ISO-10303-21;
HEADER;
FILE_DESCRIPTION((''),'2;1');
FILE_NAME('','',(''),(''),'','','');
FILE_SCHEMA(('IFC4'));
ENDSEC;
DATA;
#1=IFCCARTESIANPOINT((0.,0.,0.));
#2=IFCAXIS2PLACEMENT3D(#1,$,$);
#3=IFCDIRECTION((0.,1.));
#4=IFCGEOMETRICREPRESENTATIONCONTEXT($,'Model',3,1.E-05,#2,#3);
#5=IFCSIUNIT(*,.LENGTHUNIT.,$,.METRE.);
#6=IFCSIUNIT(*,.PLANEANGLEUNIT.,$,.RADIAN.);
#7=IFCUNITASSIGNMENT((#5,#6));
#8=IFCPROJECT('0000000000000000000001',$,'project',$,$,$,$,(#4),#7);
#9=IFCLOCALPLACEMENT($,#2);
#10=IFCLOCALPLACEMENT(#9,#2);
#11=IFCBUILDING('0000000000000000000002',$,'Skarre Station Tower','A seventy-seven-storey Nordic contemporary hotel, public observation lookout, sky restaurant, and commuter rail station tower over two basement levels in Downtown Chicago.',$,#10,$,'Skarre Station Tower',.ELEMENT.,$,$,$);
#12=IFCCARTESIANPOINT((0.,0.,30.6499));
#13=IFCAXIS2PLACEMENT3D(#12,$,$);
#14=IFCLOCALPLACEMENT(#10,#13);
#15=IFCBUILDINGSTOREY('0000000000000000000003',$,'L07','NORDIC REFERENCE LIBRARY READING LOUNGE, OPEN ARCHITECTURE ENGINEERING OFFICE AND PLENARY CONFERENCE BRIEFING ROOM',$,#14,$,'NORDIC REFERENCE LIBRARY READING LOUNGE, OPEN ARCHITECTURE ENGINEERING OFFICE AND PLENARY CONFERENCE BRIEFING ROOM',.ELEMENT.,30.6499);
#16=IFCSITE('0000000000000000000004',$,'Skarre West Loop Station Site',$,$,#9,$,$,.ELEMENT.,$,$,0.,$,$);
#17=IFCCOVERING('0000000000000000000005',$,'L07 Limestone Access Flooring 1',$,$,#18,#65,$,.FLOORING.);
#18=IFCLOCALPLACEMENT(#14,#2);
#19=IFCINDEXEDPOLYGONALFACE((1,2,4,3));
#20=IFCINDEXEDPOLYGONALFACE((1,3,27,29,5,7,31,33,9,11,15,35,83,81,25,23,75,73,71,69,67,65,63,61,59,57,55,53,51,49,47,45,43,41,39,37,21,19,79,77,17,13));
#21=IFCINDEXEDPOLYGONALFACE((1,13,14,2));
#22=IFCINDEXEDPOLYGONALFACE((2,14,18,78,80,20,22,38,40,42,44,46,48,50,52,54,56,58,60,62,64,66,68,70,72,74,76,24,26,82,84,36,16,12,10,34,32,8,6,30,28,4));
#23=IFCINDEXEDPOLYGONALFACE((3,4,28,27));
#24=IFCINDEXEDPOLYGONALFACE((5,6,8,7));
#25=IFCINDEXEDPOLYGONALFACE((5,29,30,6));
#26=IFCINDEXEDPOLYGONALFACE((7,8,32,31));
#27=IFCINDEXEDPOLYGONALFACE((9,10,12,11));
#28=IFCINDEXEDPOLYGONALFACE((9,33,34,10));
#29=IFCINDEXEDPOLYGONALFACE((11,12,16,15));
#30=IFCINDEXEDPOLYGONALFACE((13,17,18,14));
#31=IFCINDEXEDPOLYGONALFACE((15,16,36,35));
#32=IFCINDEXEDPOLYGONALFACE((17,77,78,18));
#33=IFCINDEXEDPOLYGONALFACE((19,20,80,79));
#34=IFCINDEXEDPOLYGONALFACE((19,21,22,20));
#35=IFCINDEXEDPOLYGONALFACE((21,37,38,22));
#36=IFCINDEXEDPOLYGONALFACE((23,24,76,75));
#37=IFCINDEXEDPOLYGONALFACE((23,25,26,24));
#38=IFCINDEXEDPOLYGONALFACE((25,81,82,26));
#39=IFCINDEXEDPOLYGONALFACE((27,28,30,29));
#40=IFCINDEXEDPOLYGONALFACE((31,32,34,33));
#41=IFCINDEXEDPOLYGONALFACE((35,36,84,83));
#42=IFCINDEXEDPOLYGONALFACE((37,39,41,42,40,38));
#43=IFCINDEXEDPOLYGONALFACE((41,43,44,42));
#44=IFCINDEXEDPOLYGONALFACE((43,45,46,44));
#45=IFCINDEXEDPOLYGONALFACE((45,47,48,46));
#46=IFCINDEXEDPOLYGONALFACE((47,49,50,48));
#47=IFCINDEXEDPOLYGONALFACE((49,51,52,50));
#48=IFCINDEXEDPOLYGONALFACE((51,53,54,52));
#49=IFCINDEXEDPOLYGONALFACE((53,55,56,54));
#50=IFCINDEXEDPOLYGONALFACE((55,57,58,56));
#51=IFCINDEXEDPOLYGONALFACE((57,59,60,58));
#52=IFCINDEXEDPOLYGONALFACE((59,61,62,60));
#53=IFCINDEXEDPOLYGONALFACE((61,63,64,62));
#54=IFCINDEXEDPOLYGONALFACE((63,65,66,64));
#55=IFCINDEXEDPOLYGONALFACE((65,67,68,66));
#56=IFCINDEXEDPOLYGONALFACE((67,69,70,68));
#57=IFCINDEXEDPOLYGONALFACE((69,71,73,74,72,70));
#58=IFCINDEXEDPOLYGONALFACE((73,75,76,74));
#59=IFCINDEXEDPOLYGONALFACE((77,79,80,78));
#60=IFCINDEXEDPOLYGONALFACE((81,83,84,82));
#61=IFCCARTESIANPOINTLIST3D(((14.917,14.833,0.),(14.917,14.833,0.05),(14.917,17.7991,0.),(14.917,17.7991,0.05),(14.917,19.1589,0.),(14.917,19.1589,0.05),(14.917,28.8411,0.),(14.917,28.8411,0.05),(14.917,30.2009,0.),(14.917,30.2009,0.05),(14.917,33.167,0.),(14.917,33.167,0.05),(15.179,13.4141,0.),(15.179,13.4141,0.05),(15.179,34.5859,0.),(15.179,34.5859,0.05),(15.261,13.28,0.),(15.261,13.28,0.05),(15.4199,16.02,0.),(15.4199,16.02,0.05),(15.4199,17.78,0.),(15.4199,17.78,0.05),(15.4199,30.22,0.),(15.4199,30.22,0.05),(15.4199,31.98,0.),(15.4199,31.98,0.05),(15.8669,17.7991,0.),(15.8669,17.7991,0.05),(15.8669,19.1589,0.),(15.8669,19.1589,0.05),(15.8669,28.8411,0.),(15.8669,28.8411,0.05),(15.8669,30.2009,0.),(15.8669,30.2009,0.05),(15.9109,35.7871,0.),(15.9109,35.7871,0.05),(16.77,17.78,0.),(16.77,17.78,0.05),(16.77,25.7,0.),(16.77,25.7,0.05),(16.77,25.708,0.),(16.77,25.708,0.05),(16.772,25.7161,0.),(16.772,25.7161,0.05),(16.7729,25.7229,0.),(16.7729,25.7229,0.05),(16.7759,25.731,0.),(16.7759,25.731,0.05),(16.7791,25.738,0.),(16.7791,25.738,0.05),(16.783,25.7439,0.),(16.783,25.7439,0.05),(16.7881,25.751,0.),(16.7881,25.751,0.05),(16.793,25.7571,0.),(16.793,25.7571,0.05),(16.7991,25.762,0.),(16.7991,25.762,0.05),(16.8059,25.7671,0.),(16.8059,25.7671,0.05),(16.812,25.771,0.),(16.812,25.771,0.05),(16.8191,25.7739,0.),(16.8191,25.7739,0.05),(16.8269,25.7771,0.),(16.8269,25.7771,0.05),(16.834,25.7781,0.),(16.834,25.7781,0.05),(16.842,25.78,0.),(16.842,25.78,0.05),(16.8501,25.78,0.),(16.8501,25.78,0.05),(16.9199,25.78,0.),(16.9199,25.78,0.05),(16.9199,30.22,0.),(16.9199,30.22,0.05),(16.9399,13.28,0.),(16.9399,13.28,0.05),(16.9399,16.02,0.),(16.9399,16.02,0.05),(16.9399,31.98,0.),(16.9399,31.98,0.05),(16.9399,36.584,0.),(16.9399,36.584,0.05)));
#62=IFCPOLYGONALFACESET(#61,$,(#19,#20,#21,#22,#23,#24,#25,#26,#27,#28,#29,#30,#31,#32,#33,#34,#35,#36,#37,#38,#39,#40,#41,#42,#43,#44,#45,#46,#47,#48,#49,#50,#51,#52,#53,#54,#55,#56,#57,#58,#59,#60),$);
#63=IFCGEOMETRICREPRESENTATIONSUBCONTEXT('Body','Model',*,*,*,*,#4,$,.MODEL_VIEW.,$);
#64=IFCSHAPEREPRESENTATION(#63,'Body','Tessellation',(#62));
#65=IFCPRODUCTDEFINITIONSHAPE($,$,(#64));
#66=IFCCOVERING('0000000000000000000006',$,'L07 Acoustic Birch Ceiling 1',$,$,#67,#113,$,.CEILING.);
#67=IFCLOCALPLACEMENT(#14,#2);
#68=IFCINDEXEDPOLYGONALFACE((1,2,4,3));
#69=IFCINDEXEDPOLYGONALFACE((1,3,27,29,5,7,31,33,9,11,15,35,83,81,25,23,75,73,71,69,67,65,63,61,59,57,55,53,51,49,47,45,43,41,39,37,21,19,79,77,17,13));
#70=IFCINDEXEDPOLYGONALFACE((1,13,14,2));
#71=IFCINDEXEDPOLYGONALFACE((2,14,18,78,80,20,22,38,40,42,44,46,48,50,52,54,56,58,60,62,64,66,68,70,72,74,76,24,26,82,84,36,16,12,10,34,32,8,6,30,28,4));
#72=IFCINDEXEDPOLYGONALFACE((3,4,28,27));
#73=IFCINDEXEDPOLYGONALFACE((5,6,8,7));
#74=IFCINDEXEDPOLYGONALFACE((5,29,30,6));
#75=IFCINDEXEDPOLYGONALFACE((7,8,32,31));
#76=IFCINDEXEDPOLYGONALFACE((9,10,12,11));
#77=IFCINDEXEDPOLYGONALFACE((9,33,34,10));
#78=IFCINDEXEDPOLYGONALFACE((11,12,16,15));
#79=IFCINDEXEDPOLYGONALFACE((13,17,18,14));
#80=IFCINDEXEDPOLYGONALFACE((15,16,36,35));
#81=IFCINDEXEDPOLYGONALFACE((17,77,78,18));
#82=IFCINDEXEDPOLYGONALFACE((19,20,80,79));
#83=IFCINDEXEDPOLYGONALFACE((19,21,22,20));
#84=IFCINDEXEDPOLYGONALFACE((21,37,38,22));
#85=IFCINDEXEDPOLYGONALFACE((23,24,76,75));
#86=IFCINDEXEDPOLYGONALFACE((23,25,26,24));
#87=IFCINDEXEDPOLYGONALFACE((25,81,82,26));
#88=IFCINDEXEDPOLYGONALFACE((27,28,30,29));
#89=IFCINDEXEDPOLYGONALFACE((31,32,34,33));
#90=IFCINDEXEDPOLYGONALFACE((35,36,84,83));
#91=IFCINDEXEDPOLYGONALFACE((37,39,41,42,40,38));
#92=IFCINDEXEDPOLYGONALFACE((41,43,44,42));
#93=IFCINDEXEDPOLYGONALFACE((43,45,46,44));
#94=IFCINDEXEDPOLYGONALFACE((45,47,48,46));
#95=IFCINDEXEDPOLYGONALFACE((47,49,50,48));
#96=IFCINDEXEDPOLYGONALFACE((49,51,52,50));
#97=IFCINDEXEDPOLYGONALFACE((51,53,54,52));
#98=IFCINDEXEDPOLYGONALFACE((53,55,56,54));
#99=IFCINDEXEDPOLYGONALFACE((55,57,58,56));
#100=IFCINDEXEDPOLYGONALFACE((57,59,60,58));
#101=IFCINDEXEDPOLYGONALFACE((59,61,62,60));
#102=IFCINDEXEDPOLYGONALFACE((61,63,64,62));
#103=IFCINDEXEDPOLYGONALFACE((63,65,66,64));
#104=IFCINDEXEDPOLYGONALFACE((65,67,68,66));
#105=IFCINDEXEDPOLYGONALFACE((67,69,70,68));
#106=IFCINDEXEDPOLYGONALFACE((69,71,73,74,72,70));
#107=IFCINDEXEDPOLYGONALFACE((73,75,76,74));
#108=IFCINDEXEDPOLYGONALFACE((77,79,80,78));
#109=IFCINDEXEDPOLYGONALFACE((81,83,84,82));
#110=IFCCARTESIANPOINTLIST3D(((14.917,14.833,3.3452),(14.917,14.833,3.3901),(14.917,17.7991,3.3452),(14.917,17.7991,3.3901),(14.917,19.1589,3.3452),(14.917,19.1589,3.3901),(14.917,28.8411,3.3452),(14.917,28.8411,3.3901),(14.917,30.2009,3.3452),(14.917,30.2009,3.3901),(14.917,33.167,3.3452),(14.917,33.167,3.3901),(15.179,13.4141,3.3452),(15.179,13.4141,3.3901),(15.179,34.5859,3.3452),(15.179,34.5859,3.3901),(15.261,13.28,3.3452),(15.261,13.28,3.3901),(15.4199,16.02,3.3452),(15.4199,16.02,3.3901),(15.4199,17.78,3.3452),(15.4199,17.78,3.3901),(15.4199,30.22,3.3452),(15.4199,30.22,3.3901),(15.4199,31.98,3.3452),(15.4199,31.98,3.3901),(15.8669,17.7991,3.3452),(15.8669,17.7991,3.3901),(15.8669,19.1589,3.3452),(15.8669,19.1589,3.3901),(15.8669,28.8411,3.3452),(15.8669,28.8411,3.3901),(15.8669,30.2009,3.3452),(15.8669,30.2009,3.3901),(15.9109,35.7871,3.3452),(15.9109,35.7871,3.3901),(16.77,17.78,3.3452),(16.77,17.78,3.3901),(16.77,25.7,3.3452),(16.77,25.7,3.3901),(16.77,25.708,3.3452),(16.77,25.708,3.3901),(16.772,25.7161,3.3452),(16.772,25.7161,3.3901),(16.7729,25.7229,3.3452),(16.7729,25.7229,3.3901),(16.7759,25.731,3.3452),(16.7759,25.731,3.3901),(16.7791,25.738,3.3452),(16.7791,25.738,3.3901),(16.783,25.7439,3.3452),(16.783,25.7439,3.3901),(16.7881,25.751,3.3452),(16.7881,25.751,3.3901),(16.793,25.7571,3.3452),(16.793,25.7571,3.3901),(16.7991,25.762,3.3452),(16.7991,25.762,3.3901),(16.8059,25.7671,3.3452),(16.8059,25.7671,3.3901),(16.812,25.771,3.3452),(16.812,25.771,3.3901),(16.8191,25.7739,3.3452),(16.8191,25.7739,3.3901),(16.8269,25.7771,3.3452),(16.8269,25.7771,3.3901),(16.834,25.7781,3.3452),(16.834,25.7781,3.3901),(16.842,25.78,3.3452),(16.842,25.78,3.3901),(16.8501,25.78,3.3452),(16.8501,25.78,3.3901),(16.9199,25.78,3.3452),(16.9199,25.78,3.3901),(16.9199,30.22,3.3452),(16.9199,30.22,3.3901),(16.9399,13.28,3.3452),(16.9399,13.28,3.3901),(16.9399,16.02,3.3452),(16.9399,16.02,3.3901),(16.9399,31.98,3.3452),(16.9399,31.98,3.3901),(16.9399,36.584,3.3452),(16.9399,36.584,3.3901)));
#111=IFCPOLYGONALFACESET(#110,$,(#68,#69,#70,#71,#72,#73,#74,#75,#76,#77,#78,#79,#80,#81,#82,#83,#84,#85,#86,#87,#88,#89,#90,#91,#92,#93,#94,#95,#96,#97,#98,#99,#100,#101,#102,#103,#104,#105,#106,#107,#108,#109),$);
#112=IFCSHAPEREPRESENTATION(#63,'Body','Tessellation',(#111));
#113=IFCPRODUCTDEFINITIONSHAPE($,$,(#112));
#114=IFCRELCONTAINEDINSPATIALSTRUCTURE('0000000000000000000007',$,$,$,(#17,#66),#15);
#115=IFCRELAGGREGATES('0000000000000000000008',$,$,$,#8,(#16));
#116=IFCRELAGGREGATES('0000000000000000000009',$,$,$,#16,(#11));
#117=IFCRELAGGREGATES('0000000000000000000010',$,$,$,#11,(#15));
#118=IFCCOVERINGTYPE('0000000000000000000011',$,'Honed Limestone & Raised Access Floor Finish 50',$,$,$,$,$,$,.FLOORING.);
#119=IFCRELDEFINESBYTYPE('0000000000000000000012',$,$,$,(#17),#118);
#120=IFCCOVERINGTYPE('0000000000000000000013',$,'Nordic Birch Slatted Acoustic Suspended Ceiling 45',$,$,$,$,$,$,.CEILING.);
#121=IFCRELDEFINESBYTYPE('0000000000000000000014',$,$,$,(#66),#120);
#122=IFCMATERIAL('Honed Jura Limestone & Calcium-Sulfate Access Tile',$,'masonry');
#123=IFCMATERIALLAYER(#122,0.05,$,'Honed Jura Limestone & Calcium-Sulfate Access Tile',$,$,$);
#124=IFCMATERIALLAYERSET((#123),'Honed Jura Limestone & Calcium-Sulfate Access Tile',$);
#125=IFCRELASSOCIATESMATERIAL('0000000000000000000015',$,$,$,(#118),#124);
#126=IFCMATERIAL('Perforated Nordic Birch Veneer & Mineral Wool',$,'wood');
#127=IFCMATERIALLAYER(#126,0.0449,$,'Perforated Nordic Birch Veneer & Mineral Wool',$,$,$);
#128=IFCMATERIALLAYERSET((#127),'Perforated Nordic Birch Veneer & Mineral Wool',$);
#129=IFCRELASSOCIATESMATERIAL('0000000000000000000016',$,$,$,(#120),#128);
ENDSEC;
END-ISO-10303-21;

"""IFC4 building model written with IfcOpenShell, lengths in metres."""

from ifc_helpers import new_model, si_unit, direction, frame, origin, place, context, subcontext, project, spatial, polyline, outline, extrude, material, layer, layer_set, type_object, element, save


model = new_model("IFC4")

# Units and contexts
model_context = context("Model", 3, precision=1e-05, world=origin(), true_north=direction((0.0, 1.0)))
body_context = subcontext(model_context, "Body", "Model", "MODEL_VIEW")
ifc_project = project(units=[si_unit("LENGTHUNIT", "METRE"), si_unit("PLANEANGLEUNIT", "RADIAN")], contexts=[model_context])

# Site, building, storey
site_placement = place(None, origin())
site = spatial("IfcSite", under=ifc_project, at=site_placement, Name="Skarre West Loop Station Site", CompositionType="ELEMENT", RefElevation=0.0)
building_placement = place(site_placement, origin())
building = spatial("IfcBuilding", under=site, at=building_placement, Name="Skarre Station Tower", Description="A seventy-seven-storey Nordic contemporary hotel, public observation lookout, sky restaurant, and commuter rail station tower over two basement levels in Downtown Chicago.", LongName="Skarre Station Tower", CompositionType="ELEMENT")
storey_placement = place(building_placement, frame((0.0, 0.0, 30.6499)))
storey = spatial("IfcBuildingStorey", under=building, at=storey_placement, Name="L07", Description="NORDIC REFERENCE LIBRARY READING LOUNGE, OPEN ARCHITECTURE ENGINEERING OFFICE AND PLENARY CONFERENCE BRIEFING ROOM", LongName="NORDIC REFERENCE LIBRARY READING LOUNGE, OPEN ARCHITECTURE ENGINEERING OFFICE AND PLENARY CONFERENCE BRIEFING ROOM", CompositionType="ELEMENT", Elevation=30.6499)

# Coverings
ifc_material_1 = material(Name="Honed Jura Limestone & Calcium-Sulfate Access Tile", Category="masonry")
ifc_layer_1 = layer(ifc_material_1, 0.05, Name="Honed Jura Limestone & Calcium-Sulfate Access Tile")
ifc_layer_set_1 = layer_set([ifc_layer_1], Name="Honed Jura Limestone & Calcium-Sulfate Access Tile")
covering_type_1 = type_object("IfcCoveringType", Name="Honed Limestone & Raised Access Floor Finish 50", PredefinedType="FLOORING", material=ifc_layer_set_1)
covering_1_placement = place(storey_placement, origin())
element("IfcCovering", 1, at=covering_1_placement, inside=storey, type_object=covering_type_1, Name="L07 Limestone Access Flooring 1", PredefinedType="FLOORING", context=body_context, shape_type="SweptSolid", body=[
    extrude(outline(polyline([(16.9399, 36.584), (15.9109, 35.7871), (15.179, 34.5859), (14.917, 33.167), (14.917, 30.2009), (15.8669, 30.2009), (15.8669, 28.8411), (14.917, 28.8411), (14.917, 19.1589), (15.8669, 19.1589), (15.8669, 17.7991), (14.917, 17.7991), (14.917, 14.833), (15.179, 13.4141), (15.261, 13.28), (16.9399, 13.28), (16.9399, 16.02), (15.4199, 16.02), (15.4199, 17.78), (16.77, 17.78), (16.77, 25.7), (16.77, 25.708), (16.772, 25.7161), (16.7729, 25.7229), (16.7759, 25.731), (16.7791, 25.738), (16.783, 25.7439), (16.7881, 25.751), (16.793, 25.7571), (16.7991, 25.762), (16.8059, 25.7671), (16.812, 25.771), (16.8191, 25.7739), (16.8269, 25.7771), (16.834, 25.7781), (16.842, 25.78), (16.8501, 25.78), (16.9199, 25.78), (16.9199, 30.22), (15.4199, 30.22), (15.4199, 31.98), (16.9399, 31.98), (16.9399, 36.584)])), origin(), (0.0, 0.0, 1.0), 0.05),
])
ifc_material_2 = material(Name="Perforated Nordic Birch Veneer & Mineral Wool", Category="wood")
ifc_layer_2 = layer(ifc_material_2, 0.0449, Name="Perforated Nordic Birch Veneer & Mineral Wool")
ifc_layer_set_2 = layer_set([ifc_layer_2], Name="Perforated Nordic Birch Veneer & Mineral Wool")
covering_type_2 = type_object("IfcCoveringType", Name="Nordic Birch Slatted Acoustic Suspended Ceiling 45", PredefinedType="CEILING", material=ifc_layer_set_2)
covering_2_placement = place(storey_placement, frame((0.0, 0.0, 3.3452)))
element("IfcCovering", 2, at=covering_2_placement, inside=storey, type_object=covering_type_2, Name="L07 Acoustic Birch Ceiling 1", PredefinedType="CEILING", context=body_context, shape_type="SweptSolid", body=[
    extrude(outline(polyline([(16.9399, 36.584), (15.9109, 35.7871), (15.179, 34.5859), (14.917, 33.167), (14.917, 30.2009), (15.8669, 30.2009), (15.8669, 28.8411), (14.917, 28.8411), (14.917, 19.1589), (15.8669, 19.1589), (15.8669, 17.7991), (14.917, 17.7991), (14.917, 14.833), (15.179, 13.4141), (15.261, 13.28), (16.9399, 13.28), (16.9399, 16.02), (15.4199, 16.02), (15.4199, 17.78), (16.77, 17.78), (16.77, 25.7), (16.77, 25.708), (16.772, 25.7161), (16.7729, 25.7229), (16.7759, 25.731), (16.7791, 25.738), (16.783, 25.7439), (16.7881, 25.751), (16.793, 25.7571), (16.7991, 25.762), (16.8059, 25.7671), (16.812, 25.771), (16.8191, 25.7739), (16.8269, 25.7771), (16.834, 25.7781), (16.842, 25.78), (16.8501, 25.78), (16.9199, 25.78), (16.9199, 30.22), (15.4199, 30.22), (15.4199, 31.98), (16.9399, 31.98), (16.9399, 36.584)])), origin(), (0.0, 0.0, 1.0), 0.0449),
])

save(model, "model.ifc")
